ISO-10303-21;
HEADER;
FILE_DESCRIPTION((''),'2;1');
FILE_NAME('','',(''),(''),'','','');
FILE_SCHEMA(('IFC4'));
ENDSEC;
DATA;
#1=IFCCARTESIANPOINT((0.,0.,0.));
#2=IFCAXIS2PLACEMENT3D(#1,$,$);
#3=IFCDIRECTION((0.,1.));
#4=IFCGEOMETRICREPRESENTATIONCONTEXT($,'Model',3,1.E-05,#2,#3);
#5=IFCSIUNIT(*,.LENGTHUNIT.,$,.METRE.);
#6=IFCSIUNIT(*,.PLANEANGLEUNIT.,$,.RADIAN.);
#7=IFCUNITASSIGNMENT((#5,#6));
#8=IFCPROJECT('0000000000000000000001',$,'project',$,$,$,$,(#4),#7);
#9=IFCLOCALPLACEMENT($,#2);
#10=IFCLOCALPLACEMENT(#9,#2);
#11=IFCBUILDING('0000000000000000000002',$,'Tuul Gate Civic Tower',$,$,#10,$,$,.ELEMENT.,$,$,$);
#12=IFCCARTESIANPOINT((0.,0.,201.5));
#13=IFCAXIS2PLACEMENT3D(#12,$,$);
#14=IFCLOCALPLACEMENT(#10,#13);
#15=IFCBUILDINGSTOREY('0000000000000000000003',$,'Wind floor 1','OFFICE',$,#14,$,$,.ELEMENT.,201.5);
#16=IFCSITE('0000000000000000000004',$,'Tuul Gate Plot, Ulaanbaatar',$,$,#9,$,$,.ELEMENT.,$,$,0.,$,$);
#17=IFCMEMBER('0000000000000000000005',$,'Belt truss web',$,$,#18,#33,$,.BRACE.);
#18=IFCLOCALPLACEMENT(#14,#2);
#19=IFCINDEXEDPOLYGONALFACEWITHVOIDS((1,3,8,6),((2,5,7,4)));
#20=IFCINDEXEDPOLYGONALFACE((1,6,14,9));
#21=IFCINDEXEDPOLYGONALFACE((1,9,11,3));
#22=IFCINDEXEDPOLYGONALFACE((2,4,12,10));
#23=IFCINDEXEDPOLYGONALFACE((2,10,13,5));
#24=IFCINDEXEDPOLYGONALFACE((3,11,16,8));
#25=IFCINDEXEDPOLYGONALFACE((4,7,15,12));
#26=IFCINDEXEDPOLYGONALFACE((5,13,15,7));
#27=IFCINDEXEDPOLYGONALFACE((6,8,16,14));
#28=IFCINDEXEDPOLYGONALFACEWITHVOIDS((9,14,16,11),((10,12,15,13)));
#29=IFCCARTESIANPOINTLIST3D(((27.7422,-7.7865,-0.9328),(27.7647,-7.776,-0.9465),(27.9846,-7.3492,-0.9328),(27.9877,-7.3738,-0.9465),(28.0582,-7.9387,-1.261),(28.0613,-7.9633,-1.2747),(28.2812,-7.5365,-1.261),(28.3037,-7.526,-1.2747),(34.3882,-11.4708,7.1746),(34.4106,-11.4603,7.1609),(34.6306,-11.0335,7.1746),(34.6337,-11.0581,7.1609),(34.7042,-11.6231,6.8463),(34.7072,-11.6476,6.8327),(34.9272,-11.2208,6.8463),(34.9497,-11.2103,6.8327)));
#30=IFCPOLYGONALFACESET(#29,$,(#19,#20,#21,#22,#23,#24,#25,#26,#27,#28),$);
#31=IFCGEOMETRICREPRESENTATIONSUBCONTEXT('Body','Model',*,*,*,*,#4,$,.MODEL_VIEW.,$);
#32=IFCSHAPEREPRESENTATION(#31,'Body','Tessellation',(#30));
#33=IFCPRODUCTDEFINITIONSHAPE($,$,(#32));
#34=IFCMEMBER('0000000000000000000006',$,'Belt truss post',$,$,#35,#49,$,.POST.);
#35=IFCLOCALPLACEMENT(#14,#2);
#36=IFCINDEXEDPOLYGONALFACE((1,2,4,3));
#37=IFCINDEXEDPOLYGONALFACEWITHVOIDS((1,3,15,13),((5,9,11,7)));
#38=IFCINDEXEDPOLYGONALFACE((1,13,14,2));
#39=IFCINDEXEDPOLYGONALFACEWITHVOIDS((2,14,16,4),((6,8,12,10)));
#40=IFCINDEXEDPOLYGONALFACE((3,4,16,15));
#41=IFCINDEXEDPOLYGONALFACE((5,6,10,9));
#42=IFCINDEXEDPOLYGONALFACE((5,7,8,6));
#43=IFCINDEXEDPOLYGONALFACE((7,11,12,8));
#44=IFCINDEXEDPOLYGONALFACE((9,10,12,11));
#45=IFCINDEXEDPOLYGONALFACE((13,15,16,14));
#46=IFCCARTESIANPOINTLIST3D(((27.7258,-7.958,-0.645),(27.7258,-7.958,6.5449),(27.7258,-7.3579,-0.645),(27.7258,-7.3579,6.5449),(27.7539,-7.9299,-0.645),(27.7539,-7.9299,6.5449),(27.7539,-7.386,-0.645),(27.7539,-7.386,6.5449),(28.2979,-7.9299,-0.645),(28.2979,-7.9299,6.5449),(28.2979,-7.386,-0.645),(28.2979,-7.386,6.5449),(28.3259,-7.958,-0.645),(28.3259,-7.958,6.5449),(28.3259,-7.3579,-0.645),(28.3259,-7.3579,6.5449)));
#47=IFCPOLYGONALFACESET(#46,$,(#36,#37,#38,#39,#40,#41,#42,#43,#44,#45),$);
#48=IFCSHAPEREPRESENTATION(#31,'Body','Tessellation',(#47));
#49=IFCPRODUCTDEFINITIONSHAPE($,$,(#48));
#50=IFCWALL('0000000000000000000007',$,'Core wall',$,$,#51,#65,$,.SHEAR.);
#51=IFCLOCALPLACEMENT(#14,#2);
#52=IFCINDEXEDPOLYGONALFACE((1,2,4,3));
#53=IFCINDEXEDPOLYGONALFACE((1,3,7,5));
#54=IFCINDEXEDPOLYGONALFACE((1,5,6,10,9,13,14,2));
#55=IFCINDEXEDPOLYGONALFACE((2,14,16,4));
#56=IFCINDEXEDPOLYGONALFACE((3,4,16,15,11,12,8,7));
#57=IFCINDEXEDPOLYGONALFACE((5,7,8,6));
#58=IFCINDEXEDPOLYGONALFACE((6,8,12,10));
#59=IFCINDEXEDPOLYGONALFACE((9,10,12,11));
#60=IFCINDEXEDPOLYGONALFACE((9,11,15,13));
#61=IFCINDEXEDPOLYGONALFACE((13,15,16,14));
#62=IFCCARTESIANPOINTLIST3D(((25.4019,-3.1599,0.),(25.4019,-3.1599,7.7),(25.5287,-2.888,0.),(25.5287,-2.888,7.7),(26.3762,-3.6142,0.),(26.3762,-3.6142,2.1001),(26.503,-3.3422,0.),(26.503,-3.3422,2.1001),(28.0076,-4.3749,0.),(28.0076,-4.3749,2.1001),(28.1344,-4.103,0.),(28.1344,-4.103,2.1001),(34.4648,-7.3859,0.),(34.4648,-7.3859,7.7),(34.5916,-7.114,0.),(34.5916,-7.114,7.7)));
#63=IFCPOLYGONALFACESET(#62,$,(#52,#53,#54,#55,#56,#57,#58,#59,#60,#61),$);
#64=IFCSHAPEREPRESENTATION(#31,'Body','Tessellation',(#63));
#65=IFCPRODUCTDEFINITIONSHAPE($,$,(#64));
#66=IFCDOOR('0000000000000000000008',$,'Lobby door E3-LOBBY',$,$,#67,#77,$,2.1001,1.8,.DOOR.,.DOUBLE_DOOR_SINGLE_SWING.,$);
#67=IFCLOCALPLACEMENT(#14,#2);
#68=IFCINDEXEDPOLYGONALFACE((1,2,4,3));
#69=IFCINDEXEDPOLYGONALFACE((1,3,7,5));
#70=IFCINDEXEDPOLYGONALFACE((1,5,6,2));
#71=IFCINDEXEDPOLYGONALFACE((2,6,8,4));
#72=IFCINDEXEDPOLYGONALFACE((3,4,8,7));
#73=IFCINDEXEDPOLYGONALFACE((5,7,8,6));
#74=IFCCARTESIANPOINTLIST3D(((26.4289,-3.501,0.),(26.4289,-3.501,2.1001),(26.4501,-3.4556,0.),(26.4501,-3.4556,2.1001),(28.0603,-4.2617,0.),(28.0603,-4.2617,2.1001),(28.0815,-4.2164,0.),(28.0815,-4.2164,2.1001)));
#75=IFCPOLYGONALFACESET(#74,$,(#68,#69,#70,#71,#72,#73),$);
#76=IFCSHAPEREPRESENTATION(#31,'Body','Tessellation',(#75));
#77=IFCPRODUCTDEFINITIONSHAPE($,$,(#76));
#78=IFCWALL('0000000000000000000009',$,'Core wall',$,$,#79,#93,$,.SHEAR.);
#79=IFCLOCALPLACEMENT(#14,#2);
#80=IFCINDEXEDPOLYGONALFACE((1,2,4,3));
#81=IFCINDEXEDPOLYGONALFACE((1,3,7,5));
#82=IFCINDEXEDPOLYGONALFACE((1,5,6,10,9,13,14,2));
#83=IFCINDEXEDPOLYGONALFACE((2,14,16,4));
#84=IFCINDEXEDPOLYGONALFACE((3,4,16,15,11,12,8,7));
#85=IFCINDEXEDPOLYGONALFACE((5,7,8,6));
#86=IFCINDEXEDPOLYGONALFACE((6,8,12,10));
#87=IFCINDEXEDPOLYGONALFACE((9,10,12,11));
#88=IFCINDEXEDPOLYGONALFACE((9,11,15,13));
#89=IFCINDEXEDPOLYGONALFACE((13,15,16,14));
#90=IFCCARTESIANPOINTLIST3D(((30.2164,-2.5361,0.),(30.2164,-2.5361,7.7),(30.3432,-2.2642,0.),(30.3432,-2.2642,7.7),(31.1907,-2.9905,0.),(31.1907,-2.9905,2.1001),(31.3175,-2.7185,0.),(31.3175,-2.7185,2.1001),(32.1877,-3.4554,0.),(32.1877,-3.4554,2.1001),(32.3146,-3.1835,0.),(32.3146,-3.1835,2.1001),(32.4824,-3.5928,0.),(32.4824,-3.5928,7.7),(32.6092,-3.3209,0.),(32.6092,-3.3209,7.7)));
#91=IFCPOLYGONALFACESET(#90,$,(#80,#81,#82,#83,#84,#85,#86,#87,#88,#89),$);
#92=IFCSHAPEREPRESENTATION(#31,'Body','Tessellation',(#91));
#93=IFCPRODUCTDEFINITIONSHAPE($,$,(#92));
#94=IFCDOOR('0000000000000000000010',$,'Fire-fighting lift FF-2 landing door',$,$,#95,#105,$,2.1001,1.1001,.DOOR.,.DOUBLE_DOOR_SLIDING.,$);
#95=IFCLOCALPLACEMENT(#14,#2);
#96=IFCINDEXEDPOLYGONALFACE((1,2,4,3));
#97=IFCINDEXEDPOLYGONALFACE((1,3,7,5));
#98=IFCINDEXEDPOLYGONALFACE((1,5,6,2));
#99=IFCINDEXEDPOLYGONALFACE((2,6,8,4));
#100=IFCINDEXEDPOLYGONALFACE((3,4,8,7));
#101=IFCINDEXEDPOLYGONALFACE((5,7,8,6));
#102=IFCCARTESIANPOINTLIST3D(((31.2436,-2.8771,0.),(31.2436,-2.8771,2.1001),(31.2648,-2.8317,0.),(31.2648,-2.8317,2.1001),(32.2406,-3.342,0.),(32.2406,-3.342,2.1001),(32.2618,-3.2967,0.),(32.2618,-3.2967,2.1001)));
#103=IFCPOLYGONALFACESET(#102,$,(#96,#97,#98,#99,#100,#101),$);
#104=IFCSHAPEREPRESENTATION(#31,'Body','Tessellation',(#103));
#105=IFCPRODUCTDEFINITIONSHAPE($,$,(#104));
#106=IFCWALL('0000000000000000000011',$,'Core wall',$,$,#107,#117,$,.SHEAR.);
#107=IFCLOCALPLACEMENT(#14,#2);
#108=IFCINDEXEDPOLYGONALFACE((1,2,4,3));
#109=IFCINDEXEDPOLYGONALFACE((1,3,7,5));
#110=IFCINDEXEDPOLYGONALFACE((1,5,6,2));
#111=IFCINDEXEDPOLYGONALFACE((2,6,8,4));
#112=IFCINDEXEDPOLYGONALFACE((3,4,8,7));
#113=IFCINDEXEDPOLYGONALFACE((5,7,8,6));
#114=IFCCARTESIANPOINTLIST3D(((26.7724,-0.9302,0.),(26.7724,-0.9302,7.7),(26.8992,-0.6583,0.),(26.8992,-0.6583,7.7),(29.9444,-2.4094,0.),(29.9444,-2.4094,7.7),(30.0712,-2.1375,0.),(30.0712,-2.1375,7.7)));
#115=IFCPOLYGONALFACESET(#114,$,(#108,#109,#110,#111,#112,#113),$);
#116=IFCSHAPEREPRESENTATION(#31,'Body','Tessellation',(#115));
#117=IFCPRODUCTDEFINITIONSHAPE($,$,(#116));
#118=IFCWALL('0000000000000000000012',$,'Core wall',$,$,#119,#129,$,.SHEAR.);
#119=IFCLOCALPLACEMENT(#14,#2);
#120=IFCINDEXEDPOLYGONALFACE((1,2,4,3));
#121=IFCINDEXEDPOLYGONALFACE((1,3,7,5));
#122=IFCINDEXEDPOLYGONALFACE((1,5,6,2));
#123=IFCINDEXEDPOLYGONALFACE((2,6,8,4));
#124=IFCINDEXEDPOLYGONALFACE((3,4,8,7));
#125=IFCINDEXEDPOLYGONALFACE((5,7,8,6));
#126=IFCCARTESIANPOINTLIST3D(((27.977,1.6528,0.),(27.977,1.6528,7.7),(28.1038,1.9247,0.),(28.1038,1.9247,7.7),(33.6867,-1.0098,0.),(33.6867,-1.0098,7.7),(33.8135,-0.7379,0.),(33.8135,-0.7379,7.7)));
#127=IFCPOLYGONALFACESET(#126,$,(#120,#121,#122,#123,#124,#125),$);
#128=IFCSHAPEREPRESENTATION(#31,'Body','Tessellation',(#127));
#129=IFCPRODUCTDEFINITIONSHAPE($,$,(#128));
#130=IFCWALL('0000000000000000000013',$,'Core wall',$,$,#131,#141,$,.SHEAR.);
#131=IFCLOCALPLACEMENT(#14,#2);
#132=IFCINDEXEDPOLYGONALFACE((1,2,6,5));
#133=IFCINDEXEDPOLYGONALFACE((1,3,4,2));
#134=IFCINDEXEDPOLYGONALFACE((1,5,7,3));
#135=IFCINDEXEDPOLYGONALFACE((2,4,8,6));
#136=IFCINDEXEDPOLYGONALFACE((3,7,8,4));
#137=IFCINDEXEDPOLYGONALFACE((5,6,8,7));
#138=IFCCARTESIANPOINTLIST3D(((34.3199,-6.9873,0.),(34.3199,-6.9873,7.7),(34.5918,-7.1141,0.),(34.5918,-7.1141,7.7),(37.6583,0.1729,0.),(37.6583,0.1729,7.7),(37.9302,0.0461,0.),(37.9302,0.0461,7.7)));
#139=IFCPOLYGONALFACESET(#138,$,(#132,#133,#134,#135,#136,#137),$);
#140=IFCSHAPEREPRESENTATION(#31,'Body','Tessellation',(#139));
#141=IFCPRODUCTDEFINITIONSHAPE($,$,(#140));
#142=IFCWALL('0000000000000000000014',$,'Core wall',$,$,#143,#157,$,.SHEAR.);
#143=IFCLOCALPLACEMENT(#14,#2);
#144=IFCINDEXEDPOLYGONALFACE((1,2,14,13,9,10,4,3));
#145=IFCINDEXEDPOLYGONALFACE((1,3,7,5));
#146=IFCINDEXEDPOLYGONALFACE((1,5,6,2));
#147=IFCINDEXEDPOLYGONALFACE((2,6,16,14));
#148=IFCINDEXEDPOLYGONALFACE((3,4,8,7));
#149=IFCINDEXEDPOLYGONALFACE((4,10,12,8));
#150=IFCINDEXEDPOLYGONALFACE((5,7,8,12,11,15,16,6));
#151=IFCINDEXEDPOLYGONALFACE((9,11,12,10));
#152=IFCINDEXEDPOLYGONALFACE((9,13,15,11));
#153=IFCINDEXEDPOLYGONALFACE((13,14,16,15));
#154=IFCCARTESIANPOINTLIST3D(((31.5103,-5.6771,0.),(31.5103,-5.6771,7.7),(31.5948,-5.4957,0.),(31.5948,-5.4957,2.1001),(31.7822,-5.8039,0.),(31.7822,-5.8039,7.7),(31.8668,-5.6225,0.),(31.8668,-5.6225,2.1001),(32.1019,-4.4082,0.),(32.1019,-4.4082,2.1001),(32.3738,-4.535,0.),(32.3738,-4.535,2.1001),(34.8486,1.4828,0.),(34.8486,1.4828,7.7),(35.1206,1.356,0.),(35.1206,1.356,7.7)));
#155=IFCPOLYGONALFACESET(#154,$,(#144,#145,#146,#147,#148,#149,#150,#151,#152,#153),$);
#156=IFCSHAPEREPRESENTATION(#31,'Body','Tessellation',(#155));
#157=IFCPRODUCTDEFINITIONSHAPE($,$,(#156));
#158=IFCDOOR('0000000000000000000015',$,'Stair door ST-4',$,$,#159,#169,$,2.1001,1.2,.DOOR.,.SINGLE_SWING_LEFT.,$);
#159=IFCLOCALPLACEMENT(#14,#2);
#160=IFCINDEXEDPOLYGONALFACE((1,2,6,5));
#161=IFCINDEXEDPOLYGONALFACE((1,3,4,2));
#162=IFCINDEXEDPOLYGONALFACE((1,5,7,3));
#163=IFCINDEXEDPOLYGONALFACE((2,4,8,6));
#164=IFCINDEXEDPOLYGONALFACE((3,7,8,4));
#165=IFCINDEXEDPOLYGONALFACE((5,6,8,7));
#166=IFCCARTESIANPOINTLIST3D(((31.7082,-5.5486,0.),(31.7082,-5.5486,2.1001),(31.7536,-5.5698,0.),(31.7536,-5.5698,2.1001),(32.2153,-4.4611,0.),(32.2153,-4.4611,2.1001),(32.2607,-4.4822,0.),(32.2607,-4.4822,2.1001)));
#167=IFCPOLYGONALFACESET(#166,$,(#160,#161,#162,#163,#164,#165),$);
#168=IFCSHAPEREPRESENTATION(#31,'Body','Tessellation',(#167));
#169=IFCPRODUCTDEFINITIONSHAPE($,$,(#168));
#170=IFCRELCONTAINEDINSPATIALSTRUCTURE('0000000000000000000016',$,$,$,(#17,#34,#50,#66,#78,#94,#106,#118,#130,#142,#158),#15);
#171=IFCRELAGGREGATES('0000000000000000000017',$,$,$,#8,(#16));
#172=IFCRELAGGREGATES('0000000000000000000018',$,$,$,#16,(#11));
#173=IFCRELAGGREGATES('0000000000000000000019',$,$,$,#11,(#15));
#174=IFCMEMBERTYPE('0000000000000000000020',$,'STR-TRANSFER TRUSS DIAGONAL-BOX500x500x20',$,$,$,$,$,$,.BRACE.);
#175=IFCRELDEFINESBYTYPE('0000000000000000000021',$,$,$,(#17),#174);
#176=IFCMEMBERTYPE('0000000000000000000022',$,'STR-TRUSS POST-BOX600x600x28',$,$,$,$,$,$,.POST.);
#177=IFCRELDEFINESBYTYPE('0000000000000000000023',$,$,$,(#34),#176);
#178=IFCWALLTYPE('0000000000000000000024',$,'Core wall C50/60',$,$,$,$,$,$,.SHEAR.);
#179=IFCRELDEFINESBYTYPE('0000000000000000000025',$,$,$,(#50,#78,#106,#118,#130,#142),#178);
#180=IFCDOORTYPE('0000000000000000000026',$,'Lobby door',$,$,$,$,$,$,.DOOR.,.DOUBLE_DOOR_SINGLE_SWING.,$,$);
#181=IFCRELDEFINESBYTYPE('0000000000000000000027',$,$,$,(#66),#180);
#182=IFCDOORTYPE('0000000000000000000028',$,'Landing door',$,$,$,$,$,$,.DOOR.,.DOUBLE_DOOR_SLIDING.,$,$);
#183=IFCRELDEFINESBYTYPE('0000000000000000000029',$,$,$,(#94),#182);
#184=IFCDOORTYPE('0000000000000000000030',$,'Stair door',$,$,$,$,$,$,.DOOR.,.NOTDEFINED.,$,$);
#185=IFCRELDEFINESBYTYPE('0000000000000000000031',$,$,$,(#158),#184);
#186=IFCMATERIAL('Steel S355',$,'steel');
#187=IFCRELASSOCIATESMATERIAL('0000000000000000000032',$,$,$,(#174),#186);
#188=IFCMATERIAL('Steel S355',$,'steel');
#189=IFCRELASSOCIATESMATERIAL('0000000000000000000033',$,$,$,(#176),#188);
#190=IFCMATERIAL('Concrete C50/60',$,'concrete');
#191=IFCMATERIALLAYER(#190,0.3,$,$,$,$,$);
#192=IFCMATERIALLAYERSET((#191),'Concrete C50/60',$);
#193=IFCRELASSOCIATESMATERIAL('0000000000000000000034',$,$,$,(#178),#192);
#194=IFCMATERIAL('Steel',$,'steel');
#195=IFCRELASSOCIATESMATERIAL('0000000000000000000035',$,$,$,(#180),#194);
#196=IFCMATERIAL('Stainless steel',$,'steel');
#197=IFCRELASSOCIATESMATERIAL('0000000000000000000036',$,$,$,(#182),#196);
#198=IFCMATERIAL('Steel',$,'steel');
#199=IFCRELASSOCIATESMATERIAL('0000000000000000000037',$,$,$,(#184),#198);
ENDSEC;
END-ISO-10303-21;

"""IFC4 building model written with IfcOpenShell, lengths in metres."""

from ifc_helpers import new_model, si_unit, direction, frame, frame_2d, origin, origin_2d, place, context, subcontext, project, spatial, rectangle, hollow_rectangle, extrude, material, layer, layer_set, material_profile, profile_set, type_object, element, fill, save


model = new_model("IFC4")

# Units and contexts
model_context = context("Model", 3, precision=1e-05, world=origin(), true_north=direction((0.0, 1.0)))
body_context = subcontext(model_context, "Body", "Model", "MODEL_VIEW")
ifc_project = project(units=[si_unit("LENGTHUNIT", "METRE"), si_unit("PLANEANGLEUNIT", "RADIAN")], contexts=[model_context])

# Site, building, storey
site_placement = place(None, origin())
site = spatial("IfcSite", under=ifc_project, at=site_placement, Name="Tuul Gate Plot, Ulaanbaatar", CompositionType="ELEMENT", RefElevation=0.0)
building_placement = place(site_placement, origin())
building = spatial("IfcBuilding", under=site, at=building_placement, Name="Tuul Gate Civic Tower", CompositionType="ELEMENT")
storey_placement = place(building_placement, frame((0.0, 0.0, 201.5)))
storey = spatial("IfcBuildingStorey", under=building, at=storey_placement, Name="Wind floor 1", Description="OFFICE", CompositionType="ELEMENT", Elevation=201.5)

# Members
ifc_material_1 = material(Name="Steel S355", Category="steel")
ifc_material_profile_1 = material_profile(ifc_material_1, hollow_rectangle(XDim=0.5, YDim=0.5, WallThickness=0.02, at=origin_2d()), Name="BOX500x500x20")
ifc_profile_set_1 = profile_set([ifc_material_profile_1], Name="Steel S355")
member_type_1 = type_object("IfcMemberType", Name="STR-TRANSFER TRUSS DIAGONAL-BOX500x500x20", PredefinedType="BRACE", material=ifc_profile_set_1)
member_1_placement = place(storey_placement, frame((28.0229, -7.6562, -1.1038), z_axis=(0.598098, -0.331566, 0.729618), x_axis=(0.484849, 0.874598, 0.0)))
element("IfcMember", 1, at=member_1_placement, inside=storey, type_object=member_type_1, Name="Belt truss web", PredefinedType="BRACE", context=body_context, shape_type="SweptSolid", body=[
    extrude(hollow_rectangle(XDim=0.5, YDim=0.5, WallThickness=0.02, at=origin_2d()), origin(), (0.0, 0.0, 1.0), 11.1118),
])
ifc_material_2 = material(Name="Steel S355", Category="steel")
ifc_material_profile_2 = material_profile(ifc_material_2, hollow_rectangle(XDim=0.6001, YDim=0.6001, WallThickness=0.0281, at=origin_2d()), Name="BOX600x600x28")
ifc_profile_set_2 = profile_set([ifc_material_profile_2], Name="Steel S355")
member_type_2 = type_object("IfcMemberType", Name="STR-TRUSS POST-BOX600x600x28", PredefinedType="POST", material=ifc_profile_set_2)
member_2_placement = place(storey_placement, frame((28.0259, -7.658, -0.645), z_axis=(0.0, 0.0, 1.0), x_axis=(1.0, 0.0, 0.0)))
element("IfcMember", 2, at=member_2_placement, inside=storey, type_object=member_type_2, Name="Belt truss post", PredefinedType="POST", context=body_context, shape_type="SweptSolid", body=[
    extrude(hollow_rectangle(XDim=0.6001, YDim=0.6001, WallThickness=0.0281, at=origin_2d()), origin(), (0.0, 0.0, 1.0), 7.1899),
])

# Walls, openings, doors
ifc_material_3 = material(Name="Concrete C50/60", Category="concrete")
ifc_layer_1 = layer(ifc_material_3, 0.3)
ifc_layer_set_1 = layer_set([ifc_layer_1], Name="Concrete C50/60")
wall_type_1 = type_object("IfcWallType", Name="Core wall C50/60", PredefinedType="SHEAR", material=ifc_layer_set_1)
wall_1_placement = place(storey_placement, frame((34.5283, -7.25, 0.0), z_axis=(0.0, 0.0, 1.0), x_axis=(-0.90631, 0.422613, 0.0)))
wall_1 = element("IfcWall", 3, at=wall_1_placement, inside=storey, type_object=wall_type_1, Name="Core wall", PredefinedType="SHEAR", context=body_context, shape_type="SweptSolid", body=[
    extrude(rectangle(XDim=9.9998, YDim=0.3, at=frame_2d((5.0, 0.0))), origin(), (0.0, 0.0, 1.0), 7.7),
])
opening_1_placement = place(wall_1_placement, frame((7.125, 0.0, 0.0)))
opening_1 = element("IfcOpeningElement", 4, at=opening_1_placement, cuts=wall_1, PredefinedType="OPENING", context=body_context, shape_type="SweptSolid", body=[
    extrude(rectangle(XDim=1.8, YDim=2.1001, at=frame_2d((0.8999, 1.05))), frame((0.0, 0.1602, 0.0), z_axis=(0.0, -1.0, 0.0), x_axis=(1.0, 0.0, 0.0)), (0.0, 0.0, 1.0), 0.3201),
])
ifc_material_4 = material(Name="Steel", Category="steel")
door_type_1 = type_object("IfcDoorType", Name="Lobby door", OperationType="DOUBLE_DOOR_SINGLE_SWING", PredefinedType="DOOR", material=ifc_material_4)
door_1_placement = place(opening_1_placement, frame((1.8, 0.0, 0.0), z_axis=(0.0, 0.0, 1.0), x_axis=(-1.0, 0.0, 0.0)))
door_1 = element("IfcDoor", 5, at=door_1_placement, inside=storey, type_object=door_type_1, Name="Lobby door E3-LOBBY", OperationType="DOUBLE_DOOR_SINGLE_SWING", OverallHeight=2.1001, OverallWidth=1.8, PredefinedType="DOOR", context=body_context, shape_type="SweptSolid", body=[
    extrude(rectangle(XDim=1.8, YDim=2.1001, at=frame_2d((0.9001, 1.05))), frame((0.0, 0.0249, 0.0), z_axis=(0.0, -1.0, 0.0), x_axis=(1.0, 0.0, 0.0)), (0.0, 0.0, 1.0), 0.05),
])
fill(opening_1, door_1)
wall_2_placement = place(storey_placement, frame((32.5457, -3.4568, 0.0), z_axis=(0.0, 0.0, 1.0), x_axis=(-0.9063, 0.422634, 0.0)))
wall_2 = element("IfcWall", 6, at=wall_2_placement, inside=storey, type_object=wall_type_1, Name="Core wall", PredefinedType="SHEAR", context=body_context, shape_type="SweptSolid", body=[
    extrude(rectangle(XDim=2.5002, YDim=0.3, at=frame_2d((1.25, 0.0))), origin(), (0.0, 0.0, 1.0), 7.7),
])
opening_2_placement = place(wall_2_placement, frame((0.325, 0.0, 0.0)))
opening_2 = element("IfcOpeningElement", 7, at=opening_2_placement, cuts=wall_2, PredefinedType="OPENING", context=body_context, shape_type="SweptSolid", body=[
    extrude(rectangle(XDim=1.1001, YDim=2.1001, at=frame_2d((0.55, 1.05))), frame((0.0, 0.1602, 0.0), z_axis=(0.0, -1.0, 0.0), x_axis=(1.0, 0.0, 0.0)), (0.0, 0.0, 1.0), 0.3201),
])
ifc_material_5 = material(Name="Stainless steel", Category="steel")
door_type_2 = type_object("IfcDoorType", Name="Landing door", OperationType="DOUBLE_DOOR_SLIDING", PredefinedType="DOOR", material=ifc_material_5)
door_2_placement = place(opening_2_placement, origin())
door_2 = element("IfcDoor", 8, at=door_2_placement, inside=storey, type_object=door_type_2, Name="Fire-fighting lift FF-2 landing door", OperationType="DOUBLE_DOOR_SLIDING", OverallHeight=2.1001, OverallWidth=1.1001, PredefinedType="DOOR", context=body_context, shape_type="SweptSolid", body=[
    extrude(rectangle(XDim=1.1001, YDim=2.1001, at=frame_2d((0.55, 1.05))), frame((0.0, 0.0249, 0.0), z_axis=(0.0, -1.0, 0.0), x_axis=(1.0, 0.0, 0.0)), (0.0, 0.0, 1.0), 0.05),
])
fill(opening_2, door_2)

# Walls
wall_3_placement = place(storey_placement, frame((30.0078, -2.2734, 0.0), z_axis=(0.0, 0.0, 1.0), x_axis=(-0.906301, 0.422633, 0.0)))
element("IfcWall", 9, at=wall_3_placement, inside=storey, type_object=wall_type_1, Name="Core wall", PredefinedType="SHEAR", context=body_context, shape_type="SweptSolid", body=[
    extrude(rectangle(XDim=3.5, YDim=0.3, at=frame_2d((1.75, 0.0))), origin(), (0.0, 0.0, 1.0), 7.7),
])
wall_4_placement = place(storey_placement, frame((33.75, -0.8738, 0.0), z_axis=(0.0, 0.0, 1.0), x_axis=(-0.906301, 0.422633, 0.0)))
element("IfcWall", 10, at=wall_4_placement, inside=storey, type_object=wall_type_1, Name="Core wall", PredefinedType="SHEAR", context=body_context, shape_type="SweptSolid", body=[
    extrude(rectangle(XDim=6.3, YDim=0.3, at=frame_2d((3.1499, 0.0))), origin(), (0.0, 0.0, 1.0), 7.7),
])
wall_5_placement = place(storey_placement, frame((34.4558, -7.0508, 0.0), z_axis=(0.0, 0.0, 1.0), x_axis=(0.422571, 0.90633, 0.0)))
element("IfcWall", 11, at=wall_5_placement, inside=storey, type_object=wall_type_1, Name="Core wall", PredefinedType="SHEAR", context=body_context, shape_type="SweptSolid", body=[
    extrude(rectangle(XDim=7.9001, YDim=0.3, at=frame_2d((3.9502, 0.0))), origin(), (0.0, 0.0, 1.0), 7.7),
])

# Wall, opening, door
wall_6_placement = place(storey_placement, frame((31.6462, -5.7405, 0.0), z_axis=(0.0, 0.0, 1.0), x_axis=(0.422583, 0.906324, 0.0)))
wall_6 = element("IfcWall", 12, at=wall_6_placement, inside=storey, type_object=wall_type_1, Name="Core wall", PredefinedType="SHEAR", context=body_context, shape_type="SweptSolid", body=[
    extrude(rectangle(XDim=7.8999, YDim=0.3, at=frame_2d((3.95, 0.0))), origin(), (0.0, 0.0, 1.0), 7.7),
])
opening_3_placement = place(wall_6_placement, frame((0.2, 0.0, 0.0)))
opening_3 = element("IfcOpeningElement", 13, at=opening_3_placement, cuts=wall_6, PredefinedType="OPENING", context=body_context, shape_type="SweptSolid", body=[
    extrude(rectangle(XDim=1.2, YDim=2.1001, at=frame_2d((0.6001, 1.05))), frame((0.0, 0.1602, 0.0), z_axis=(0.0, -1.0, 0.0), x_axis=(1.0, 0.0, 0.0)), (0.0, 0.0, 1.0), 0.3201),
])
ifc_material_6 = material(Name="Steel", Category="steel")
door_type_3 = type_object("IfcDoorType", Name="Stair door", OperationType="NOTDEFINED", PredefinedType="DOOR", material=ifc_material_6)
door_3_placement = place(opening_3_placement, origin())
door_3 = element("IfcDoor", 14, at=door_3_placement, inside=storey, type_object=door_type_3, Name="Stair door ST-4", OperationType="SINGLE_SWING_LEFT", OverallHeight=2.1001, OverallWidth=1.2, PredefinedType="DOOR", context=body_context, shape_type="SweptSolid", body=[
    extrude(rectangle(XDim=1.2, YDim=2.1001, at=frame_2d((0.6001, 1.05))), frame((0.0, 0.0249, 0.0), z_axis=(0.0, -1.0, 0.0), x_axis=(1.0, 0.0, 0.0)), (0.0, 0.0, 1.0), 0.05),
])
fill(opening_3, door_3)

save(model, "model.ifc")
